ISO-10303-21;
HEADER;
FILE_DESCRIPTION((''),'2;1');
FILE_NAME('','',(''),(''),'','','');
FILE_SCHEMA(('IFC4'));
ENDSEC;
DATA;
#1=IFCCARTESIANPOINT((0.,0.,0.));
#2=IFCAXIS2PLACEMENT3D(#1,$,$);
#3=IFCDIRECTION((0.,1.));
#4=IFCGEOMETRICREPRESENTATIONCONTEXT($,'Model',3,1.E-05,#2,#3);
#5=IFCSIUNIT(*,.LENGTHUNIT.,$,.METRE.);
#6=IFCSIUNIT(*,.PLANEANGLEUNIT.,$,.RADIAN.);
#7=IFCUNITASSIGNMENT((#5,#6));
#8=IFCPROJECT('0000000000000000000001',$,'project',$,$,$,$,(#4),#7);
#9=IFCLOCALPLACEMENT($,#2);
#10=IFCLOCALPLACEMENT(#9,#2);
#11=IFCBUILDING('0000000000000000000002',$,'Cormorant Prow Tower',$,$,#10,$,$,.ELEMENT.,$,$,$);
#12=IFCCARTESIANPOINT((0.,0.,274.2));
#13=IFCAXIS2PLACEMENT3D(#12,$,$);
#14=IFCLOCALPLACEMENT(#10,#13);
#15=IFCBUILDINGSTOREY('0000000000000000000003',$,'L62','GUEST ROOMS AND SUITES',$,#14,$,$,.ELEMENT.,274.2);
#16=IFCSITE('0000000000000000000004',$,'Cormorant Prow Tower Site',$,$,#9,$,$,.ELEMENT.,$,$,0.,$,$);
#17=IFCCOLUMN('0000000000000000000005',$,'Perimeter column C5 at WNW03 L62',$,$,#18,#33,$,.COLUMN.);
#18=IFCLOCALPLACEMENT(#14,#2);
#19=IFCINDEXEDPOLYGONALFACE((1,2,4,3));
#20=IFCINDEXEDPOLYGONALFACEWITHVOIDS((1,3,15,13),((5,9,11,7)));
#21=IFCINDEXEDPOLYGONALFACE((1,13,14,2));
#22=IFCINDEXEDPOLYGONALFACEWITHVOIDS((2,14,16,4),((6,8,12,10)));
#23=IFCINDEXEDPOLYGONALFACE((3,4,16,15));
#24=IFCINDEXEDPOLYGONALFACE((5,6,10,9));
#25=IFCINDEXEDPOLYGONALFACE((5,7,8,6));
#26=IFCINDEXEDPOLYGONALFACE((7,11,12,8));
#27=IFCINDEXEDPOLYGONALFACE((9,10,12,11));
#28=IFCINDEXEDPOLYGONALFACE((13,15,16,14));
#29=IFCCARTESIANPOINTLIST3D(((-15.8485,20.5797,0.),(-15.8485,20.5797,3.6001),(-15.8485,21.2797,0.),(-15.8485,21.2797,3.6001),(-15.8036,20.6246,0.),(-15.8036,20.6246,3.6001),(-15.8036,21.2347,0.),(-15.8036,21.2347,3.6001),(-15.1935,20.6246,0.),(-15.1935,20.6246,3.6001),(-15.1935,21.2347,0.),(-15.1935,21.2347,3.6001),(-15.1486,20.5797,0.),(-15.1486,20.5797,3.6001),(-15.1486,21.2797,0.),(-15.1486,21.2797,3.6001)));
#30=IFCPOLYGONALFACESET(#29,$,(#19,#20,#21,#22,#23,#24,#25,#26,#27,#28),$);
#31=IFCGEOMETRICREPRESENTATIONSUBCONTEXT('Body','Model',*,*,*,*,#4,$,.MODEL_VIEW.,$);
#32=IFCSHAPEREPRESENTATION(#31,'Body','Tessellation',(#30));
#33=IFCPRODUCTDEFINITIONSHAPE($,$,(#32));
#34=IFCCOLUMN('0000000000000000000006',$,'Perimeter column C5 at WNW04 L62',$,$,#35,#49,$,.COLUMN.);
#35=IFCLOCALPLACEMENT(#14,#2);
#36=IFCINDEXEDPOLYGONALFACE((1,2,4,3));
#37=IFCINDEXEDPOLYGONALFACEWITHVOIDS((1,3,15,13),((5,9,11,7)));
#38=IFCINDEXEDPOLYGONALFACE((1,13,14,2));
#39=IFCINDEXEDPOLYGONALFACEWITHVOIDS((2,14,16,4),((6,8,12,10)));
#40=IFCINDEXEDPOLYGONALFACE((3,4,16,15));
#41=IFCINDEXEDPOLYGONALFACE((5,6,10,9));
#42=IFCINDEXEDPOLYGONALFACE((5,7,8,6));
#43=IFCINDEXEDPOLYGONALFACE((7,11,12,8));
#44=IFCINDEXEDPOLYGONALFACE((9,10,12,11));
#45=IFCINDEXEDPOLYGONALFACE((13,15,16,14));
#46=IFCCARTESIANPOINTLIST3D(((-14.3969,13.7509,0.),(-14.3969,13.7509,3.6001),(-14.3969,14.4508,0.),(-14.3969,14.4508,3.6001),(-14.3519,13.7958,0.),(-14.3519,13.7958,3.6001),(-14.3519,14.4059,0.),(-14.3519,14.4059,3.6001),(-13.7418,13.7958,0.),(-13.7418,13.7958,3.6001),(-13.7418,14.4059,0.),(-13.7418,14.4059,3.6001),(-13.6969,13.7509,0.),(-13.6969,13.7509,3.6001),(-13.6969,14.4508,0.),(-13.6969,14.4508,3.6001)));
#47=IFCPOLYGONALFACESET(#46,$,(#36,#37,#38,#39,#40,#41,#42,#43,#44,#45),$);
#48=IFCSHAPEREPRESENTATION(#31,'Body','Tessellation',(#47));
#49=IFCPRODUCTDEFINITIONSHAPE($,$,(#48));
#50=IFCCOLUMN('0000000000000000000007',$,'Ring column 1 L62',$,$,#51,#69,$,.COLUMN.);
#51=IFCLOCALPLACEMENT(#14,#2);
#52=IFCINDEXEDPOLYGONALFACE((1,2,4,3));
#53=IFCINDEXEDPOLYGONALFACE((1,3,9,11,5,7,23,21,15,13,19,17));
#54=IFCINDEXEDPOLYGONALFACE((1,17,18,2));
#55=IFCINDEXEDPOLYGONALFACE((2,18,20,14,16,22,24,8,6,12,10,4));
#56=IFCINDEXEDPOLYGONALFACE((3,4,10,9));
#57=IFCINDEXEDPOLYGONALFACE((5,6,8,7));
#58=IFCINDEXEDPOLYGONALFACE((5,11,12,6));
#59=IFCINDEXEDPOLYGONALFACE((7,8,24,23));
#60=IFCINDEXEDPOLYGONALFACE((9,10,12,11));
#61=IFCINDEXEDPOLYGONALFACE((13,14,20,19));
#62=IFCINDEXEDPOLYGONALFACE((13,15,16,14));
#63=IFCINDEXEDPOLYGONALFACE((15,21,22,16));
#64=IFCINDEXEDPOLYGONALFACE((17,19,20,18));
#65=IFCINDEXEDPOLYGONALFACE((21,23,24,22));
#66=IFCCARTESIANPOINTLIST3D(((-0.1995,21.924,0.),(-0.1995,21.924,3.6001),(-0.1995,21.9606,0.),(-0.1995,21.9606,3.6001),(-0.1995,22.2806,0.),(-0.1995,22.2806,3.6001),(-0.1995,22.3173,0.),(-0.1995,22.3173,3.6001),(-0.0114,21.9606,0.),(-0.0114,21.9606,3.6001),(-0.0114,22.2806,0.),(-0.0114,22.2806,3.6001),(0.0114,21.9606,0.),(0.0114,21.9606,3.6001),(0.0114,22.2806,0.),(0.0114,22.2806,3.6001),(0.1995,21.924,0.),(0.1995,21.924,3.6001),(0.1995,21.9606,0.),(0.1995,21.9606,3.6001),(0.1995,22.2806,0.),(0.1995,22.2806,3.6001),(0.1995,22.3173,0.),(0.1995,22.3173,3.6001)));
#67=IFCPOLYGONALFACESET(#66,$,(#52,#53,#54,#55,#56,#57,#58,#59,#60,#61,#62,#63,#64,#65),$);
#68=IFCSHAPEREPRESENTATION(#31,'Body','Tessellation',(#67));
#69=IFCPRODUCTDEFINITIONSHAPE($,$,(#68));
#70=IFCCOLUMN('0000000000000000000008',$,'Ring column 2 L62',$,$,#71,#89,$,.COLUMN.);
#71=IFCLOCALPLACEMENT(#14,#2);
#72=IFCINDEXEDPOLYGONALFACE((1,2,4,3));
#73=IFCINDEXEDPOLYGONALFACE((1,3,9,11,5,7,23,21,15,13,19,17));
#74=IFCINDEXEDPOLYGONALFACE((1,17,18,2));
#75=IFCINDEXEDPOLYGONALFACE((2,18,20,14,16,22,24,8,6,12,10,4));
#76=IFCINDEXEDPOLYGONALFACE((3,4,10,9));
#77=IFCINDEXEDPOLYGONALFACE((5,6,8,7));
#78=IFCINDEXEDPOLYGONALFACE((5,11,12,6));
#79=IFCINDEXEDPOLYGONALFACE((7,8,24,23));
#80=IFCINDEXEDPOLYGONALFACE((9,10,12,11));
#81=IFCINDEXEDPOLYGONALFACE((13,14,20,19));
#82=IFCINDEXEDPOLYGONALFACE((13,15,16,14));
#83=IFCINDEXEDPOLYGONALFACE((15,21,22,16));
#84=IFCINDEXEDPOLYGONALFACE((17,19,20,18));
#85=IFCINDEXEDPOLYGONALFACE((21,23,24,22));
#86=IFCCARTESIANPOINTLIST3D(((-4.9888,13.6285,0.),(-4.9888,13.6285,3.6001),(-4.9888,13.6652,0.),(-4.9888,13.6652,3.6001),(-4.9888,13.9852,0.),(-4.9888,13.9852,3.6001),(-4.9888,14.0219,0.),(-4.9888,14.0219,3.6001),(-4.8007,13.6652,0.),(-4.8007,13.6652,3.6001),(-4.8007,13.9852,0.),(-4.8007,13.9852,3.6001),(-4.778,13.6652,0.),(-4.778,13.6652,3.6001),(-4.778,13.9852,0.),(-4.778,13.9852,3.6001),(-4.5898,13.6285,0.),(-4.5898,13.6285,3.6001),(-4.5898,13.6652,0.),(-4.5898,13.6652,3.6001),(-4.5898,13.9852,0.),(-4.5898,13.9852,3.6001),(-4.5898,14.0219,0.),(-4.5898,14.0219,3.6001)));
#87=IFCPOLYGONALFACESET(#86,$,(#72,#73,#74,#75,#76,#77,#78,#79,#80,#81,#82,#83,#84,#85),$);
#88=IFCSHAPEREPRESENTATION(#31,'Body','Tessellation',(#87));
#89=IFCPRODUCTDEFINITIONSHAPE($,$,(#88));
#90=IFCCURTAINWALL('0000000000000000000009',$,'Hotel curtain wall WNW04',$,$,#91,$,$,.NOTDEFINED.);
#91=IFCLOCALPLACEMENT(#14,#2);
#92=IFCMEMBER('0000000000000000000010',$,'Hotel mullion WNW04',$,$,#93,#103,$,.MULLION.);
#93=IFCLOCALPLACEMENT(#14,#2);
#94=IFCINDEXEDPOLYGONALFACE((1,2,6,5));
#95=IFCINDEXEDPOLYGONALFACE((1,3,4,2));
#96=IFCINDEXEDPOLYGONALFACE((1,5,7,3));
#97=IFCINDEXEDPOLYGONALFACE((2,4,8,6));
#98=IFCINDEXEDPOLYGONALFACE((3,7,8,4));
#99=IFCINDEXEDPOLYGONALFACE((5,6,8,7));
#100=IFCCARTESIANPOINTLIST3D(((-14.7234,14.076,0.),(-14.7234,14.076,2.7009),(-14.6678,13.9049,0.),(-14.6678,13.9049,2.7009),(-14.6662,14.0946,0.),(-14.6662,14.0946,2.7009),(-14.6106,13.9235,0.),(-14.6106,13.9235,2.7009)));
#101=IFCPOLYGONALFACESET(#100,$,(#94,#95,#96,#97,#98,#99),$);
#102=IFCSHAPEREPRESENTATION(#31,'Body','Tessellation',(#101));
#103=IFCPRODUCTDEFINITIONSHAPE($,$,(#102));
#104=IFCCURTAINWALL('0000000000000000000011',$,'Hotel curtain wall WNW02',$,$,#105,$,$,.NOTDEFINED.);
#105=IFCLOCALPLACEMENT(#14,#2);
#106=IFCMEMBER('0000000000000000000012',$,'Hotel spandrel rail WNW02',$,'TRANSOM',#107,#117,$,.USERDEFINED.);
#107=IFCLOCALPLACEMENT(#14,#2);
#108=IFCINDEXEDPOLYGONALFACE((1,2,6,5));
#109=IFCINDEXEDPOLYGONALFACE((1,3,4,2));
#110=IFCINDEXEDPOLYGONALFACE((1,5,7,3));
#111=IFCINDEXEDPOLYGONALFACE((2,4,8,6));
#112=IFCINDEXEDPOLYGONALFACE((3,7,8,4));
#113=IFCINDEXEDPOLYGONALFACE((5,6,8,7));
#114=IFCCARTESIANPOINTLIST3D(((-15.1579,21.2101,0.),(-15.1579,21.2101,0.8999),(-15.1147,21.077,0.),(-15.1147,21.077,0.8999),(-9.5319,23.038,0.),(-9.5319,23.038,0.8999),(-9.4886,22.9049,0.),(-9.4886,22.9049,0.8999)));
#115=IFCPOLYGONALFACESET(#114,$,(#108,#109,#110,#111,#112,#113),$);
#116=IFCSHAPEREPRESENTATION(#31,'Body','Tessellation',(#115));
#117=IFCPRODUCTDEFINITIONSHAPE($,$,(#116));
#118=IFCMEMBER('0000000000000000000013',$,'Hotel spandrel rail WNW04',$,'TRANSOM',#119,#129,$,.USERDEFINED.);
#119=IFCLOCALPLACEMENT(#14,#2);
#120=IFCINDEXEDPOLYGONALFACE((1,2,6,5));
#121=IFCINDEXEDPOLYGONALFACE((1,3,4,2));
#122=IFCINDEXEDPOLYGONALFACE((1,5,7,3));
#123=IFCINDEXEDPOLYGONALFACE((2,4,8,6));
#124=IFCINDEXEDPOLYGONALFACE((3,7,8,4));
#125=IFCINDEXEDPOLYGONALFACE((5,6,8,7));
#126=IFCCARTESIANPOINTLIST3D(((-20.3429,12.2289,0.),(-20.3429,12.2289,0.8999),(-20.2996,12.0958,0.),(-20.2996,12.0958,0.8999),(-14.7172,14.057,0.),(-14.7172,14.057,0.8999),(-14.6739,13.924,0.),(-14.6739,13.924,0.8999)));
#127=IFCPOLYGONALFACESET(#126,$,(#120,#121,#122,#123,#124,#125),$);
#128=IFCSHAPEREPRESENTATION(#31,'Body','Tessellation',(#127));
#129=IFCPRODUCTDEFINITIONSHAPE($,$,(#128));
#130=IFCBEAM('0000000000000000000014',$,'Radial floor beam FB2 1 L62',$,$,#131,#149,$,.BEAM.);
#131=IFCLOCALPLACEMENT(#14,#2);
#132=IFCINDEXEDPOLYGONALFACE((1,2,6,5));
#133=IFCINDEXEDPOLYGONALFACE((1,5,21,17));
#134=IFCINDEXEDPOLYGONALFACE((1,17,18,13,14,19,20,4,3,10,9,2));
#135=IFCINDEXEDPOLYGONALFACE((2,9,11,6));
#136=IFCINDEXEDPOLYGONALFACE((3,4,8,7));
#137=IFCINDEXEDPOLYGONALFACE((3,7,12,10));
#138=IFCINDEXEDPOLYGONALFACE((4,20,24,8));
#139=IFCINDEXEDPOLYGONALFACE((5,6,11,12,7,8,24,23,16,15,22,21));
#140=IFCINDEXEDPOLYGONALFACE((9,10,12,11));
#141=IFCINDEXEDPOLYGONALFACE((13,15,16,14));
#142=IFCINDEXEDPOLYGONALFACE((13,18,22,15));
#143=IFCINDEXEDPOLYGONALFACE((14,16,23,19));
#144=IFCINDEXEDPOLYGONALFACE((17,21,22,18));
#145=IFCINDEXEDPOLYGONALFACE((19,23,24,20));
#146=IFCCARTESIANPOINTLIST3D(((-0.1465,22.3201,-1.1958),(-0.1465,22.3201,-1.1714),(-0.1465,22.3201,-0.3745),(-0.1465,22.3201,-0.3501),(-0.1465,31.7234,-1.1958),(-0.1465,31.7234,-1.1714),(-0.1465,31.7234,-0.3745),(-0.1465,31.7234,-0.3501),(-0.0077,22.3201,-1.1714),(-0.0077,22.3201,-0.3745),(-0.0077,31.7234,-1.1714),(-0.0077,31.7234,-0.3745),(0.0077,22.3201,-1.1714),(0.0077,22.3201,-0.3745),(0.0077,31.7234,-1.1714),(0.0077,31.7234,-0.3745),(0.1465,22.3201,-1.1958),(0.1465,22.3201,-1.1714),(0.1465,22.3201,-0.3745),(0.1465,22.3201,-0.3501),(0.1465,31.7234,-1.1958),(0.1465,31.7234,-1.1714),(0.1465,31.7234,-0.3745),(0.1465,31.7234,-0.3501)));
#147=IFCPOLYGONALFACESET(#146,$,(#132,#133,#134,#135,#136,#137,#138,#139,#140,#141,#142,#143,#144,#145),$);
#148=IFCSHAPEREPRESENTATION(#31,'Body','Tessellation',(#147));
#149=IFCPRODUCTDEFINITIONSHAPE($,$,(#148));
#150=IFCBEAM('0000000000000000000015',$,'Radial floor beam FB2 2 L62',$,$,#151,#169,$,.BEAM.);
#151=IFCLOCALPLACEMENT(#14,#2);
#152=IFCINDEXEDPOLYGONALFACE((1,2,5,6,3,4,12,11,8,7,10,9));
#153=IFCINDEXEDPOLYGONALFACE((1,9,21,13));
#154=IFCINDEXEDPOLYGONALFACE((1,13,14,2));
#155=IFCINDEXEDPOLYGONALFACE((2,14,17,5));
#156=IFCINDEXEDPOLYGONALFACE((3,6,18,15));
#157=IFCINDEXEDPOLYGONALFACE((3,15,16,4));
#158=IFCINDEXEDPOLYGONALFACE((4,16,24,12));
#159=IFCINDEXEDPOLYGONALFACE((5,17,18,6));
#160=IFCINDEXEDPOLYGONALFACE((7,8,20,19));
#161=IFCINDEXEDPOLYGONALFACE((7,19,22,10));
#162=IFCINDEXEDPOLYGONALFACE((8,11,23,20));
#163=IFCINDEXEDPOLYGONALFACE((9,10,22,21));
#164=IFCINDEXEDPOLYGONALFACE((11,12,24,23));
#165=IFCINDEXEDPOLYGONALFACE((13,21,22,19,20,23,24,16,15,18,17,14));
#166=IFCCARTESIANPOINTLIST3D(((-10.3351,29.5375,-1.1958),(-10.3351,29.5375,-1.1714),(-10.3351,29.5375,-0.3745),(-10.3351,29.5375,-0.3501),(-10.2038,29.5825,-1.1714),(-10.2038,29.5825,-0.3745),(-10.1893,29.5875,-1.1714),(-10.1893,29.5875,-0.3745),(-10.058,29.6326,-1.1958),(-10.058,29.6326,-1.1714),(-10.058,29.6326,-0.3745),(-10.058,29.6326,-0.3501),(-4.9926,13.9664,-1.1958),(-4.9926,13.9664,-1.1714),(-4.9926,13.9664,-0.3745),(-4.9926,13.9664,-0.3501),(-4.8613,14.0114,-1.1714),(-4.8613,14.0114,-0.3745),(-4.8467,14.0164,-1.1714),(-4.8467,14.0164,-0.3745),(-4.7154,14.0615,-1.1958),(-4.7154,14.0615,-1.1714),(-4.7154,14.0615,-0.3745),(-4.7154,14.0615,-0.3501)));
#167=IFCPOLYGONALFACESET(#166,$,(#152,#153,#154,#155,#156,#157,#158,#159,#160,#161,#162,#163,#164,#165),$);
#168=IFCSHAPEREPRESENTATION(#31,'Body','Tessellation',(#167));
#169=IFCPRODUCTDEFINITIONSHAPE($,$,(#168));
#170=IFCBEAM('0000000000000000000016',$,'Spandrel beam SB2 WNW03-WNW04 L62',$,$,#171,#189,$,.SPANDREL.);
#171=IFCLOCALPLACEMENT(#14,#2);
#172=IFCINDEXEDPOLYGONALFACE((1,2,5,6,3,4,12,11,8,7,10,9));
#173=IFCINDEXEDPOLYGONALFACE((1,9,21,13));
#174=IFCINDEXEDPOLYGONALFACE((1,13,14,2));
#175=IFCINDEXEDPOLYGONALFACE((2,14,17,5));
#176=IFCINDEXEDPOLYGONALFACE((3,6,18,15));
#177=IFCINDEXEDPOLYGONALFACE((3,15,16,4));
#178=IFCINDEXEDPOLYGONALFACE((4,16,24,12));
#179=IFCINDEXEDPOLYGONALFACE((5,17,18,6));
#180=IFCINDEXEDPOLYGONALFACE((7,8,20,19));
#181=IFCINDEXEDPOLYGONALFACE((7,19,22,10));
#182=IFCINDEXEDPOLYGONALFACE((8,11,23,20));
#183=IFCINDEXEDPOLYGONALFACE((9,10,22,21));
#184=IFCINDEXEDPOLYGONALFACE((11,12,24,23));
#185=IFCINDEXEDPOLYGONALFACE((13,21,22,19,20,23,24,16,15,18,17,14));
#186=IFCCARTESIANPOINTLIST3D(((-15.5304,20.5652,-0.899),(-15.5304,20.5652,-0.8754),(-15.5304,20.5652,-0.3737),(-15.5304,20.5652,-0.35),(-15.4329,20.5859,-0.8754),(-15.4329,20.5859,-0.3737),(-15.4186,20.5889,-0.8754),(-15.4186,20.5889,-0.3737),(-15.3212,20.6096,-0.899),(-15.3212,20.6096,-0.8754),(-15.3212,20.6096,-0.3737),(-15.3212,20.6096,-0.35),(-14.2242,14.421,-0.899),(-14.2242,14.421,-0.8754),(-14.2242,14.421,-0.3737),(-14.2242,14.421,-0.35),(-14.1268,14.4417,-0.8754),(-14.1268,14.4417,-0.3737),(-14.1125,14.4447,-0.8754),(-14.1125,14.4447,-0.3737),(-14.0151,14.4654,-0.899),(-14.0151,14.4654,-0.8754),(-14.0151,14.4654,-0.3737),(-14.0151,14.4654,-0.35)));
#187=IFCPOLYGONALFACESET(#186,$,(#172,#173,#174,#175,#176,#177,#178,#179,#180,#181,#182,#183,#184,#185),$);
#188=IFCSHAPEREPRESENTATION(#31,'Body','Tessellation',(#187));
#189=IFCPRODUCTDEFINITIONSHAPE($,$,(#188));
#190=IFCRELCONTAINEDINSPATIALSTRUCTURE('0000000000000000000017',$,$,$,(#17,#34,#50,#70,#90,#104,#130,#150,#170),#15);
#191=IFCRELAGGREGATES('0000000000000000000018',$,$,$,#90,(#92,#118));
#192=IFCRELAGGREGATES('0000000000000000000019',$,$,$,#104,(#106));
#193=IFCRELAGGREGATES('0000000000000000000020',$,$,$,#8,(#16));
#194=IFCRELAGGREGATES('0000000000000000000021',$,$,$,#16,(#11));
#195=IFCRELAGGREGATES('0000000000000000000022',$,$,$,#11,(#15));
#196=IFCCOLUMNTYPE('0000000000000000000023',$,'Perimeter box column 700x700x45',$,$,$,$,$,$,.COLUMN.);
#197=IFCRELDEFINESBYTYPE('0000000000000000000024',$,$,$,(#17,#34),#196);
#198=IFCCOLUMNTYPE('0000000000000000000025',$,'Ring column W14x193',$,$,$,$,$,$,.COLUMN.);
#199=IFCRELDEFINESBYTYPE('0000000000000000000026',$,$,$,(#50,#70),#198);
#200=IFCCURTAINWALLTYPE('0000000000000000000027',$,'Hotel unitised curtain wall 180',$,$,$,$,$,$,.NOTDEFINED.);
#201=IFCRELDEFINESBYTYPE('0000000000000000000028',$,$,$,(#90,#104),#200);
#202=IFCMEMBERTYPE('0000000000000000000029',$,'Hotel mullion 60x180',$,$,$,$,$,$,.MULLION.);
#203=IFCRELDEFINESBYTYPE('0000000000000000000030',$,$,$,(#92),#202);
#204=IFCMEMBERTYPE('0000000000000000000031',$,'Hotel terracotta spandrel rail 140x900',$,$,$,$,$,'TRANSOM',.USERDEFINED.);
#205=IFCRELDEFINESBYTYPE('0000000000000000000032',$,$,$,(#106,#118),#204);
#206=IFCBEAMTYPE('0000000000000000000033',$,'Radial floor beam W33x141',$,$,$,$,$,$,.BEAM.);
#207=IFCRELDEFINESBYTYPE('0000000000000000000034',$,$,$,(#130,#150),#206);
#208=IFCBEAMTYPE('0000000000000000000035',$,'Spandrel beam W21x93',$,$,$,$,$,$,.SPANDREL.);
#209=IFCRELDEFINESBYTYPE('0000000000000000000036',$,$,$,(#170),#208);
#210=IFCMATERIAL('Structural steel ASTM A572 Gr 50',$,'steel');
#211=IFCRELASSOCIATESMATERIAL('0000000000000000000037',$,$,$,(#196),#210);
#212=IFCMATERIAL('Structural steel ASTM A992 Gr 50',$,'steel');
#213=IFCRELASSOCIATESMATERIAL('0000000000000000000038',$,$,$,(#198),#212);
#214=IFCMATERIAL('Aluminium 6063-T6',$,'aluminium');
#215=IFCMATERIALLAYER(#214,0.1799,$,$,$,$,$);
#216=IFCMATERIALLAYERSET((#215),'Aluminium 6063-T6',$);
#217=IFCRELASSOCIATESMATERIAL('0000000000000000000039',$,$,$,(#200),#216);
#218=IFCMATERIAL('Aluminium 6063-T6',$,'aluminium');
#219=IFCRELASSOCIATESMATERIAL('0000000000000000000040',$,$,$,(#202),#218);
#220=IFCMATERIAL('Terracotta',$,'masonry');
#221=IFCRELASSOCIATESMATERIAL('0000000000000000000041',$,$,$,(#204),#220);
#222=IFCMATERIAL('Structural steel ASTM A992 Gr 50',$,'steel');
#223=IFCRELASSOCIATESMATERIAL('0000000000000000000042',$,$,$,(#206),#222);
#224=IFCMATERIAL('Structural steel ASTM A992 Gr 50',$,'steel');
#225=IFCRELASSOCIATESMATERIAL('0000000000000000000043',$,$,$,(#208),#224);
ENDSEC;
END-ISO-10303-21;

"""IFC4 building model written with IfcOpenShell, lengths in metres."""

from ifc_helpers import new_model, si_unit, direction, frame, origin, origin_2d, place, context, subcontext, project, spatial, rectangle, hollow_rectangle, i_section, extrude, material, layer, layer_set, material_profile, profile_set, type_object, element, aggregate, save


model = new_model("IFC4")

# Units and contexts
model_context = context("Model", 3, precision=1e-05, world=origin(), true_north=direction((0.0, 1.0)))
body_context = subcontext(model_context, "Body", "Model", "MODEL_VIEW")
ifc_project = project(units=[si_unit("LENGTHUNIT", "METRE"), si_unit("PLANEANGLEUNIT", "RADIAN")], contexts=[model_context])

# Site, building, storey
site_placement = place(None, origin())
site = spatial("IfcSite", under=ifc_project, at=site_placement, Name="Cormorant Prow Tower Site", CompositionType="ELEMENT", RefElevation=0.0)
building_placement = place(site_placement, origin())
building = spatial("IfcBuilding", under=site, at=building_placement, Name="Cormorant Prow Tower", CompositionType="ELEMENT")
storey_placement = place(building_placement, frame((0.0, 0.0, 274.2)))
storey = spatial("IfcBuildingStorey", under=building, at=storey_placement, Name="L62", Description="GUEST ROOMS AND SUITES", CompositionType="ELEMENT", Elevation=274.2)

# Columns
ifc_material_1 = material(Name="Structural steel ASTM A572 Gr 50", Category="steel")
ifc_material_profile_1 = material_profile(ifc_material_1, hollow_rectangle(XDim=0.7, YDim=0.7, WallThickness=0.0449, at=origin_2d()), Name="Box 700x700x45")
ifc_profile_set_1 = profile_set([ifc_material_profile_1], Name="Structural steel ASTM A572 Gr 50")
column_type_1 = type_object("IfcColumnType", Name="Perimeter box column 700x700x45", PredefinedType="COLUMN", material=ifc_profile_set_1)
for number, where, z_axis, x_axis, name in (
    (1, (-15.4985, 20.9297, 0.0), (0.0, 0.0, 1.0), (1.0, 0.0, 0.0), "Perimeter column C5 at WNW03 L62"),
    (2, (-14.0469, 14.1008, 0.0), (0.0, 0.0, 1.0), (1.0, 0.0, 0.0), "Perimeter column C5 at WNW04 L62"),
):
    element("IfcColumn", number, at=place(storey_placement, frame(where, z_axis=z_axis, x_axis=x_axis)), inside=storey, type_object=column_type_1, Name=name, PredefinedType="COLUMN", context=body_context, shape_type="SweptSolid", body=[
        extrude(hollow_rectangle(XDim=0.7, YDim=0.7, WallThickness=0.0449, at=origin_2d()), origin(), (0.0, 0.0, 1.0), 3.6001),
    ])
ifc_material_2 = material(Name="Structural steel ASTM A992 Gr 50", Category="steel")
ifc_material_profile_2 = material_profile(ifc_material_2, i_section(OverallWidth=0.3989, OverallDepth=0.3933, WebThickness=0.0227, FlangeThickness=0.0366, at=origin_2d()), Name="W14x193")
ifc_profile_set_2 = profile_set([ifc_material_profile_2], Name="Structural steel ASTM A992 Gr 50")
column_type_2 = type_object("IfcColumnType", Name="Ring column W14x193", PredefinedType="COLUMN", material=ifc_profile_set_2)
for number, where, z_axis, x_axis, name in (
    (3, (0.0, 22.1206, 0.0), (0.0, 0.0, 1.0), (1.0, 0.0, 0.0), "Ring column 1 L62"),
    (4, (-4.7893, 13.8252, 0.0), (0.0, 0.0, 1.0), (1.0, 0.0, 0.0), "Ring column 2 L62"),
):
    element("IfcColumn", number, at=place(storey_placement, frame(where, z_axis=z_axis, x_axis=x_axis)), inside=storey, type_object=column_type_2, Name=name, PredefinedType="COLUMN", context=body_context, shape_type="SweptSolid", body=[
        extrude(i_section(OverallWidth=0.3989, OverallDepth=0.3933, WebThickness=0.0227, FlangeThickness=0.0366, at=origin_2d()), origin(), (0.0, 0.0, 1.0), 3.6001),
    ])

# Curtain walls, members
ifc_material_3 = material(Name="Aluminium 6063-T6", Category="aluminium")
ifc_layer_1 = layer(ifc_material_3, 0.1799)
ifc_layer_set_1 = layer_set([ifc_layer_1], Name="Aluminium 6063-T6")
curtain_wall_type = type_object("IfcCurtainWallType", Name="Hotel unitised curtain wall 180", PredefinedType="NOTDEFINED", material=ifc_layer_set_1)
curtain_wall_1_placement = place(storey_placement, origin())
curtain_wall_1 = element("IfcCurtainWall", 5, at=curtain_wall_1_placement, inside=storey, type_object=curtain_wall_type, Name="Hotel curtain wall WNW04", PredefinedType="NOTDEFINED")
ifc_material_4 = material(Name="Aluminium 6063-T6", Category="aluminium")
ifc_material_profile_3 = material_profile(ifc_material_4, rectangle(XDim=0.1799, YDim=0.0601, at=origin_2d()), Name="Hotel mullion 60x180")
ifc_profile_set_3 = profile_set([ifc_material_profile_3], Name="Aluminium 6063-T6")
member_type_1 = type_object("IfcMemberType", Name="Hotel mullion 60x180", PredefinedType="MULLION", material=ifc_profile_set_3)
member_1_placement = place(storey_placement, frame((-14.667, 13.9998, 0.0), z_axis=(0.0, 0.0, 1.0), x_axis=(0.309017, -0.951057, 0.0)))
member_1 = element("IfcMember", 6, at=member_1_placement, type_object=member_type_1, Name="Hotel mullion WNW04", PredefinedType="MULLION", context=body_context, shape_type="SweptSolid", body=[
    extrude(rectangle(XDim=0.1799, YDim=0.0601, at=origin_2d()), origin(), (0.0, 0.0, 1.0), 2.7009),
])
curtain_wall_2_placement = place(storey_placement, origin())
curtain_wall_2 = element("IfcCurtainWall", 7, at=curtain_wall_2_placement, inside=storey, type_object=curtain_wall_type, Name="Hotel curtain wall WNW02", PredefinedType="NOTDEFINED")
ifc_material_5 = material(Name="Terracotta", Category="masonry")
ifc_material_profile_4 = material_profile(ifc_material_5, rectangle(XDim=0.1399, YDim=0.8999, at=origin_2d()), Name="Hotel terracotta spandrel rail 140x900")
ifc_profile_set_4 = profile_set([ifc_material_profile_4], Name="Terracotta")
member_type_2 = type_object("IfcMemberType", Name="Hotel terracotta spandrel rail 140x900", ElementType="TRANSOM", PredefinedType="USERDEFINED", material=ifc_profile_set_4)
member_2_placement = place(storey_placement, frame((-9.5103, 22.9714, 0.45), z_axis=(-0.951062, -0.309, 0.0), x_axis=(0.309, -0.951062, 0.0)))
member_2 = element("IfcMember", 8, at=member_2_placement, type_object=member_type_2, Name="Hotel spandrel rail WNW02", ObjectType="TRANSOM", PredefinedType="USERDEFINED", context=body_context, shape_type="SweptSolid", body=[
    extrude(rectangle(XDim=0.1399, YDim=0.8999, at=origin_2d()), origin(), (0.0, 0.0, 1.0), 5.9155),
])

# Member
member_3_placement = place(storey_placement, frame((-14.6956, 13.9905, 0.45), z_axis=(-0.951046, -0.30905, 0.0), x_axis=(0.30905, -0.951046, 0.0)))
member_3 = element("IfcMember", 9, at=member_3_placement, type_object=member_type_2, Name="Hotel spandrel rail WNW04", ObjectType="TRANSOM", PredefinedType="USERDEFINED", context=body_context, shape_type="SweptSolid", body=[
    extrude(rectangle(XDim=0.1399, YDim=0.8999, at=origin_2d()), origin(), (0.0, 0.0, 1.0), 5.9153),
])
aggregate(curtain_wall_1, [member_1, member_3])

# Beams
ifc_material_6 = material(Name="Structural steel ASTM A992 Gr 50", Category="steel")
ifc_material_profile_5 = material_profile(ifc_material_6, i_section(OverallWidth=0.293, OverallDepth=0.8457, WebThickness=0.0154, FlangeThickness=0.0244, at=origin_2d()), Name="W33x141")
ifc_profile_set_5 = profile_set([ifc_material_profile_5], Name="Structural steel ASTM A992 Gr 50")
beam_type_1 = type_object("IfcBeamType", Name="Radial floor beam W33x141", PredefinedType="BEAM", material=ifc_profile_set_5)
beam_1_placement = place(storey_placement, frame((0.0, 22.3201, -0.7729), z_axis=(0.0, 1.0, 0.0), x_axis=(-1.0, 0.0, 0.0)))
element("IfcBeam", 10, at=beam_1_placement, inside=storey, type_object=beam_type_1, Name="Radial floor beam FB2 1 L62", PredefinedType="BEAM", context=body_context, shape_type="SweptSolid", body=[
    extrude(i_section(OverallWidth=0.293, OverallDepth=0.8457, WebThickness=0.0154, FlangeThickness=0.0244, at=origin_2d()), origin(), (0.0, 0.0, 1.0), 9.4033),
])
beam_2_placement = place(storey_placement, frame((-4.854, 14.0139, -0.7729), z_axis=(-0.324536, 0.945874, 0.0), x_axis=(-0.945874, -0.324536, 0.0)))
element("IfcBeam", 11, at=beam_2_placement, inside=storey, type_object=beam_type_1, Name="Radial floor beam FB2 2 L62", PredefinedType="BEAM", context=body_context, shape_type="SweptSolid", body=[
    extrude(i_section(OverallWidth=0.293, OverallDepth=0.8457, WebThickness=0.0154, FlangeThickness=0.0244, at=origin_2d()), origin(), (0.0, 0.0, 1.0), 16.4622),
])
ifc_material_7 = material(Name="Structural steel ASTM A992 Gr 50", Category="steel")
ifc_material_profile_6 = material_profile(ifc_material_7, i_section(OverallWidth=0.2139, OverallDepth=0.5491, WebThickness=0.0146, FlangeThickness=0.0237, at=origin_2d()), Name="W21x93")
ifc_profile_set_6 = profile_set([ifc_material_profile_6], Name="Structural steel ASTM A992 Gr 50")
beam_type_2 = type_object("IfcBeamType", Name="Spandrel beam W21x93", PredefinedType="SPANDREL", material=ifc_profile_set_6)
beam_3_placement = place(storey_placement, frame((-15.4258, 20.5874, -0.6245), z_axis=(0.207934, -0.978143, 0.0), x_axis=(0.978143, 0.207934, 0.0)))
element("IfcBeam", 12, at=beam_3_placement, inside=storey, type_object=beam_type_2, Name="Spandrel beam SB2 WNW03-WNW04 L62", PredefinedType="SPANDREL", context=body_context, shape_type="SweptSolid", body=[
    extrude(i_section(OverallWidth=0.2139, OverallDepth=0.5491, WebThickness=0.0146, FlangeThickness=0.0237, at=origin_2d()), origin(), (0.0, 0.0, 1.0), 6.2815),
])

aggregate(curtain_wall_2, [member_2])

save(model, "model.ifc")
